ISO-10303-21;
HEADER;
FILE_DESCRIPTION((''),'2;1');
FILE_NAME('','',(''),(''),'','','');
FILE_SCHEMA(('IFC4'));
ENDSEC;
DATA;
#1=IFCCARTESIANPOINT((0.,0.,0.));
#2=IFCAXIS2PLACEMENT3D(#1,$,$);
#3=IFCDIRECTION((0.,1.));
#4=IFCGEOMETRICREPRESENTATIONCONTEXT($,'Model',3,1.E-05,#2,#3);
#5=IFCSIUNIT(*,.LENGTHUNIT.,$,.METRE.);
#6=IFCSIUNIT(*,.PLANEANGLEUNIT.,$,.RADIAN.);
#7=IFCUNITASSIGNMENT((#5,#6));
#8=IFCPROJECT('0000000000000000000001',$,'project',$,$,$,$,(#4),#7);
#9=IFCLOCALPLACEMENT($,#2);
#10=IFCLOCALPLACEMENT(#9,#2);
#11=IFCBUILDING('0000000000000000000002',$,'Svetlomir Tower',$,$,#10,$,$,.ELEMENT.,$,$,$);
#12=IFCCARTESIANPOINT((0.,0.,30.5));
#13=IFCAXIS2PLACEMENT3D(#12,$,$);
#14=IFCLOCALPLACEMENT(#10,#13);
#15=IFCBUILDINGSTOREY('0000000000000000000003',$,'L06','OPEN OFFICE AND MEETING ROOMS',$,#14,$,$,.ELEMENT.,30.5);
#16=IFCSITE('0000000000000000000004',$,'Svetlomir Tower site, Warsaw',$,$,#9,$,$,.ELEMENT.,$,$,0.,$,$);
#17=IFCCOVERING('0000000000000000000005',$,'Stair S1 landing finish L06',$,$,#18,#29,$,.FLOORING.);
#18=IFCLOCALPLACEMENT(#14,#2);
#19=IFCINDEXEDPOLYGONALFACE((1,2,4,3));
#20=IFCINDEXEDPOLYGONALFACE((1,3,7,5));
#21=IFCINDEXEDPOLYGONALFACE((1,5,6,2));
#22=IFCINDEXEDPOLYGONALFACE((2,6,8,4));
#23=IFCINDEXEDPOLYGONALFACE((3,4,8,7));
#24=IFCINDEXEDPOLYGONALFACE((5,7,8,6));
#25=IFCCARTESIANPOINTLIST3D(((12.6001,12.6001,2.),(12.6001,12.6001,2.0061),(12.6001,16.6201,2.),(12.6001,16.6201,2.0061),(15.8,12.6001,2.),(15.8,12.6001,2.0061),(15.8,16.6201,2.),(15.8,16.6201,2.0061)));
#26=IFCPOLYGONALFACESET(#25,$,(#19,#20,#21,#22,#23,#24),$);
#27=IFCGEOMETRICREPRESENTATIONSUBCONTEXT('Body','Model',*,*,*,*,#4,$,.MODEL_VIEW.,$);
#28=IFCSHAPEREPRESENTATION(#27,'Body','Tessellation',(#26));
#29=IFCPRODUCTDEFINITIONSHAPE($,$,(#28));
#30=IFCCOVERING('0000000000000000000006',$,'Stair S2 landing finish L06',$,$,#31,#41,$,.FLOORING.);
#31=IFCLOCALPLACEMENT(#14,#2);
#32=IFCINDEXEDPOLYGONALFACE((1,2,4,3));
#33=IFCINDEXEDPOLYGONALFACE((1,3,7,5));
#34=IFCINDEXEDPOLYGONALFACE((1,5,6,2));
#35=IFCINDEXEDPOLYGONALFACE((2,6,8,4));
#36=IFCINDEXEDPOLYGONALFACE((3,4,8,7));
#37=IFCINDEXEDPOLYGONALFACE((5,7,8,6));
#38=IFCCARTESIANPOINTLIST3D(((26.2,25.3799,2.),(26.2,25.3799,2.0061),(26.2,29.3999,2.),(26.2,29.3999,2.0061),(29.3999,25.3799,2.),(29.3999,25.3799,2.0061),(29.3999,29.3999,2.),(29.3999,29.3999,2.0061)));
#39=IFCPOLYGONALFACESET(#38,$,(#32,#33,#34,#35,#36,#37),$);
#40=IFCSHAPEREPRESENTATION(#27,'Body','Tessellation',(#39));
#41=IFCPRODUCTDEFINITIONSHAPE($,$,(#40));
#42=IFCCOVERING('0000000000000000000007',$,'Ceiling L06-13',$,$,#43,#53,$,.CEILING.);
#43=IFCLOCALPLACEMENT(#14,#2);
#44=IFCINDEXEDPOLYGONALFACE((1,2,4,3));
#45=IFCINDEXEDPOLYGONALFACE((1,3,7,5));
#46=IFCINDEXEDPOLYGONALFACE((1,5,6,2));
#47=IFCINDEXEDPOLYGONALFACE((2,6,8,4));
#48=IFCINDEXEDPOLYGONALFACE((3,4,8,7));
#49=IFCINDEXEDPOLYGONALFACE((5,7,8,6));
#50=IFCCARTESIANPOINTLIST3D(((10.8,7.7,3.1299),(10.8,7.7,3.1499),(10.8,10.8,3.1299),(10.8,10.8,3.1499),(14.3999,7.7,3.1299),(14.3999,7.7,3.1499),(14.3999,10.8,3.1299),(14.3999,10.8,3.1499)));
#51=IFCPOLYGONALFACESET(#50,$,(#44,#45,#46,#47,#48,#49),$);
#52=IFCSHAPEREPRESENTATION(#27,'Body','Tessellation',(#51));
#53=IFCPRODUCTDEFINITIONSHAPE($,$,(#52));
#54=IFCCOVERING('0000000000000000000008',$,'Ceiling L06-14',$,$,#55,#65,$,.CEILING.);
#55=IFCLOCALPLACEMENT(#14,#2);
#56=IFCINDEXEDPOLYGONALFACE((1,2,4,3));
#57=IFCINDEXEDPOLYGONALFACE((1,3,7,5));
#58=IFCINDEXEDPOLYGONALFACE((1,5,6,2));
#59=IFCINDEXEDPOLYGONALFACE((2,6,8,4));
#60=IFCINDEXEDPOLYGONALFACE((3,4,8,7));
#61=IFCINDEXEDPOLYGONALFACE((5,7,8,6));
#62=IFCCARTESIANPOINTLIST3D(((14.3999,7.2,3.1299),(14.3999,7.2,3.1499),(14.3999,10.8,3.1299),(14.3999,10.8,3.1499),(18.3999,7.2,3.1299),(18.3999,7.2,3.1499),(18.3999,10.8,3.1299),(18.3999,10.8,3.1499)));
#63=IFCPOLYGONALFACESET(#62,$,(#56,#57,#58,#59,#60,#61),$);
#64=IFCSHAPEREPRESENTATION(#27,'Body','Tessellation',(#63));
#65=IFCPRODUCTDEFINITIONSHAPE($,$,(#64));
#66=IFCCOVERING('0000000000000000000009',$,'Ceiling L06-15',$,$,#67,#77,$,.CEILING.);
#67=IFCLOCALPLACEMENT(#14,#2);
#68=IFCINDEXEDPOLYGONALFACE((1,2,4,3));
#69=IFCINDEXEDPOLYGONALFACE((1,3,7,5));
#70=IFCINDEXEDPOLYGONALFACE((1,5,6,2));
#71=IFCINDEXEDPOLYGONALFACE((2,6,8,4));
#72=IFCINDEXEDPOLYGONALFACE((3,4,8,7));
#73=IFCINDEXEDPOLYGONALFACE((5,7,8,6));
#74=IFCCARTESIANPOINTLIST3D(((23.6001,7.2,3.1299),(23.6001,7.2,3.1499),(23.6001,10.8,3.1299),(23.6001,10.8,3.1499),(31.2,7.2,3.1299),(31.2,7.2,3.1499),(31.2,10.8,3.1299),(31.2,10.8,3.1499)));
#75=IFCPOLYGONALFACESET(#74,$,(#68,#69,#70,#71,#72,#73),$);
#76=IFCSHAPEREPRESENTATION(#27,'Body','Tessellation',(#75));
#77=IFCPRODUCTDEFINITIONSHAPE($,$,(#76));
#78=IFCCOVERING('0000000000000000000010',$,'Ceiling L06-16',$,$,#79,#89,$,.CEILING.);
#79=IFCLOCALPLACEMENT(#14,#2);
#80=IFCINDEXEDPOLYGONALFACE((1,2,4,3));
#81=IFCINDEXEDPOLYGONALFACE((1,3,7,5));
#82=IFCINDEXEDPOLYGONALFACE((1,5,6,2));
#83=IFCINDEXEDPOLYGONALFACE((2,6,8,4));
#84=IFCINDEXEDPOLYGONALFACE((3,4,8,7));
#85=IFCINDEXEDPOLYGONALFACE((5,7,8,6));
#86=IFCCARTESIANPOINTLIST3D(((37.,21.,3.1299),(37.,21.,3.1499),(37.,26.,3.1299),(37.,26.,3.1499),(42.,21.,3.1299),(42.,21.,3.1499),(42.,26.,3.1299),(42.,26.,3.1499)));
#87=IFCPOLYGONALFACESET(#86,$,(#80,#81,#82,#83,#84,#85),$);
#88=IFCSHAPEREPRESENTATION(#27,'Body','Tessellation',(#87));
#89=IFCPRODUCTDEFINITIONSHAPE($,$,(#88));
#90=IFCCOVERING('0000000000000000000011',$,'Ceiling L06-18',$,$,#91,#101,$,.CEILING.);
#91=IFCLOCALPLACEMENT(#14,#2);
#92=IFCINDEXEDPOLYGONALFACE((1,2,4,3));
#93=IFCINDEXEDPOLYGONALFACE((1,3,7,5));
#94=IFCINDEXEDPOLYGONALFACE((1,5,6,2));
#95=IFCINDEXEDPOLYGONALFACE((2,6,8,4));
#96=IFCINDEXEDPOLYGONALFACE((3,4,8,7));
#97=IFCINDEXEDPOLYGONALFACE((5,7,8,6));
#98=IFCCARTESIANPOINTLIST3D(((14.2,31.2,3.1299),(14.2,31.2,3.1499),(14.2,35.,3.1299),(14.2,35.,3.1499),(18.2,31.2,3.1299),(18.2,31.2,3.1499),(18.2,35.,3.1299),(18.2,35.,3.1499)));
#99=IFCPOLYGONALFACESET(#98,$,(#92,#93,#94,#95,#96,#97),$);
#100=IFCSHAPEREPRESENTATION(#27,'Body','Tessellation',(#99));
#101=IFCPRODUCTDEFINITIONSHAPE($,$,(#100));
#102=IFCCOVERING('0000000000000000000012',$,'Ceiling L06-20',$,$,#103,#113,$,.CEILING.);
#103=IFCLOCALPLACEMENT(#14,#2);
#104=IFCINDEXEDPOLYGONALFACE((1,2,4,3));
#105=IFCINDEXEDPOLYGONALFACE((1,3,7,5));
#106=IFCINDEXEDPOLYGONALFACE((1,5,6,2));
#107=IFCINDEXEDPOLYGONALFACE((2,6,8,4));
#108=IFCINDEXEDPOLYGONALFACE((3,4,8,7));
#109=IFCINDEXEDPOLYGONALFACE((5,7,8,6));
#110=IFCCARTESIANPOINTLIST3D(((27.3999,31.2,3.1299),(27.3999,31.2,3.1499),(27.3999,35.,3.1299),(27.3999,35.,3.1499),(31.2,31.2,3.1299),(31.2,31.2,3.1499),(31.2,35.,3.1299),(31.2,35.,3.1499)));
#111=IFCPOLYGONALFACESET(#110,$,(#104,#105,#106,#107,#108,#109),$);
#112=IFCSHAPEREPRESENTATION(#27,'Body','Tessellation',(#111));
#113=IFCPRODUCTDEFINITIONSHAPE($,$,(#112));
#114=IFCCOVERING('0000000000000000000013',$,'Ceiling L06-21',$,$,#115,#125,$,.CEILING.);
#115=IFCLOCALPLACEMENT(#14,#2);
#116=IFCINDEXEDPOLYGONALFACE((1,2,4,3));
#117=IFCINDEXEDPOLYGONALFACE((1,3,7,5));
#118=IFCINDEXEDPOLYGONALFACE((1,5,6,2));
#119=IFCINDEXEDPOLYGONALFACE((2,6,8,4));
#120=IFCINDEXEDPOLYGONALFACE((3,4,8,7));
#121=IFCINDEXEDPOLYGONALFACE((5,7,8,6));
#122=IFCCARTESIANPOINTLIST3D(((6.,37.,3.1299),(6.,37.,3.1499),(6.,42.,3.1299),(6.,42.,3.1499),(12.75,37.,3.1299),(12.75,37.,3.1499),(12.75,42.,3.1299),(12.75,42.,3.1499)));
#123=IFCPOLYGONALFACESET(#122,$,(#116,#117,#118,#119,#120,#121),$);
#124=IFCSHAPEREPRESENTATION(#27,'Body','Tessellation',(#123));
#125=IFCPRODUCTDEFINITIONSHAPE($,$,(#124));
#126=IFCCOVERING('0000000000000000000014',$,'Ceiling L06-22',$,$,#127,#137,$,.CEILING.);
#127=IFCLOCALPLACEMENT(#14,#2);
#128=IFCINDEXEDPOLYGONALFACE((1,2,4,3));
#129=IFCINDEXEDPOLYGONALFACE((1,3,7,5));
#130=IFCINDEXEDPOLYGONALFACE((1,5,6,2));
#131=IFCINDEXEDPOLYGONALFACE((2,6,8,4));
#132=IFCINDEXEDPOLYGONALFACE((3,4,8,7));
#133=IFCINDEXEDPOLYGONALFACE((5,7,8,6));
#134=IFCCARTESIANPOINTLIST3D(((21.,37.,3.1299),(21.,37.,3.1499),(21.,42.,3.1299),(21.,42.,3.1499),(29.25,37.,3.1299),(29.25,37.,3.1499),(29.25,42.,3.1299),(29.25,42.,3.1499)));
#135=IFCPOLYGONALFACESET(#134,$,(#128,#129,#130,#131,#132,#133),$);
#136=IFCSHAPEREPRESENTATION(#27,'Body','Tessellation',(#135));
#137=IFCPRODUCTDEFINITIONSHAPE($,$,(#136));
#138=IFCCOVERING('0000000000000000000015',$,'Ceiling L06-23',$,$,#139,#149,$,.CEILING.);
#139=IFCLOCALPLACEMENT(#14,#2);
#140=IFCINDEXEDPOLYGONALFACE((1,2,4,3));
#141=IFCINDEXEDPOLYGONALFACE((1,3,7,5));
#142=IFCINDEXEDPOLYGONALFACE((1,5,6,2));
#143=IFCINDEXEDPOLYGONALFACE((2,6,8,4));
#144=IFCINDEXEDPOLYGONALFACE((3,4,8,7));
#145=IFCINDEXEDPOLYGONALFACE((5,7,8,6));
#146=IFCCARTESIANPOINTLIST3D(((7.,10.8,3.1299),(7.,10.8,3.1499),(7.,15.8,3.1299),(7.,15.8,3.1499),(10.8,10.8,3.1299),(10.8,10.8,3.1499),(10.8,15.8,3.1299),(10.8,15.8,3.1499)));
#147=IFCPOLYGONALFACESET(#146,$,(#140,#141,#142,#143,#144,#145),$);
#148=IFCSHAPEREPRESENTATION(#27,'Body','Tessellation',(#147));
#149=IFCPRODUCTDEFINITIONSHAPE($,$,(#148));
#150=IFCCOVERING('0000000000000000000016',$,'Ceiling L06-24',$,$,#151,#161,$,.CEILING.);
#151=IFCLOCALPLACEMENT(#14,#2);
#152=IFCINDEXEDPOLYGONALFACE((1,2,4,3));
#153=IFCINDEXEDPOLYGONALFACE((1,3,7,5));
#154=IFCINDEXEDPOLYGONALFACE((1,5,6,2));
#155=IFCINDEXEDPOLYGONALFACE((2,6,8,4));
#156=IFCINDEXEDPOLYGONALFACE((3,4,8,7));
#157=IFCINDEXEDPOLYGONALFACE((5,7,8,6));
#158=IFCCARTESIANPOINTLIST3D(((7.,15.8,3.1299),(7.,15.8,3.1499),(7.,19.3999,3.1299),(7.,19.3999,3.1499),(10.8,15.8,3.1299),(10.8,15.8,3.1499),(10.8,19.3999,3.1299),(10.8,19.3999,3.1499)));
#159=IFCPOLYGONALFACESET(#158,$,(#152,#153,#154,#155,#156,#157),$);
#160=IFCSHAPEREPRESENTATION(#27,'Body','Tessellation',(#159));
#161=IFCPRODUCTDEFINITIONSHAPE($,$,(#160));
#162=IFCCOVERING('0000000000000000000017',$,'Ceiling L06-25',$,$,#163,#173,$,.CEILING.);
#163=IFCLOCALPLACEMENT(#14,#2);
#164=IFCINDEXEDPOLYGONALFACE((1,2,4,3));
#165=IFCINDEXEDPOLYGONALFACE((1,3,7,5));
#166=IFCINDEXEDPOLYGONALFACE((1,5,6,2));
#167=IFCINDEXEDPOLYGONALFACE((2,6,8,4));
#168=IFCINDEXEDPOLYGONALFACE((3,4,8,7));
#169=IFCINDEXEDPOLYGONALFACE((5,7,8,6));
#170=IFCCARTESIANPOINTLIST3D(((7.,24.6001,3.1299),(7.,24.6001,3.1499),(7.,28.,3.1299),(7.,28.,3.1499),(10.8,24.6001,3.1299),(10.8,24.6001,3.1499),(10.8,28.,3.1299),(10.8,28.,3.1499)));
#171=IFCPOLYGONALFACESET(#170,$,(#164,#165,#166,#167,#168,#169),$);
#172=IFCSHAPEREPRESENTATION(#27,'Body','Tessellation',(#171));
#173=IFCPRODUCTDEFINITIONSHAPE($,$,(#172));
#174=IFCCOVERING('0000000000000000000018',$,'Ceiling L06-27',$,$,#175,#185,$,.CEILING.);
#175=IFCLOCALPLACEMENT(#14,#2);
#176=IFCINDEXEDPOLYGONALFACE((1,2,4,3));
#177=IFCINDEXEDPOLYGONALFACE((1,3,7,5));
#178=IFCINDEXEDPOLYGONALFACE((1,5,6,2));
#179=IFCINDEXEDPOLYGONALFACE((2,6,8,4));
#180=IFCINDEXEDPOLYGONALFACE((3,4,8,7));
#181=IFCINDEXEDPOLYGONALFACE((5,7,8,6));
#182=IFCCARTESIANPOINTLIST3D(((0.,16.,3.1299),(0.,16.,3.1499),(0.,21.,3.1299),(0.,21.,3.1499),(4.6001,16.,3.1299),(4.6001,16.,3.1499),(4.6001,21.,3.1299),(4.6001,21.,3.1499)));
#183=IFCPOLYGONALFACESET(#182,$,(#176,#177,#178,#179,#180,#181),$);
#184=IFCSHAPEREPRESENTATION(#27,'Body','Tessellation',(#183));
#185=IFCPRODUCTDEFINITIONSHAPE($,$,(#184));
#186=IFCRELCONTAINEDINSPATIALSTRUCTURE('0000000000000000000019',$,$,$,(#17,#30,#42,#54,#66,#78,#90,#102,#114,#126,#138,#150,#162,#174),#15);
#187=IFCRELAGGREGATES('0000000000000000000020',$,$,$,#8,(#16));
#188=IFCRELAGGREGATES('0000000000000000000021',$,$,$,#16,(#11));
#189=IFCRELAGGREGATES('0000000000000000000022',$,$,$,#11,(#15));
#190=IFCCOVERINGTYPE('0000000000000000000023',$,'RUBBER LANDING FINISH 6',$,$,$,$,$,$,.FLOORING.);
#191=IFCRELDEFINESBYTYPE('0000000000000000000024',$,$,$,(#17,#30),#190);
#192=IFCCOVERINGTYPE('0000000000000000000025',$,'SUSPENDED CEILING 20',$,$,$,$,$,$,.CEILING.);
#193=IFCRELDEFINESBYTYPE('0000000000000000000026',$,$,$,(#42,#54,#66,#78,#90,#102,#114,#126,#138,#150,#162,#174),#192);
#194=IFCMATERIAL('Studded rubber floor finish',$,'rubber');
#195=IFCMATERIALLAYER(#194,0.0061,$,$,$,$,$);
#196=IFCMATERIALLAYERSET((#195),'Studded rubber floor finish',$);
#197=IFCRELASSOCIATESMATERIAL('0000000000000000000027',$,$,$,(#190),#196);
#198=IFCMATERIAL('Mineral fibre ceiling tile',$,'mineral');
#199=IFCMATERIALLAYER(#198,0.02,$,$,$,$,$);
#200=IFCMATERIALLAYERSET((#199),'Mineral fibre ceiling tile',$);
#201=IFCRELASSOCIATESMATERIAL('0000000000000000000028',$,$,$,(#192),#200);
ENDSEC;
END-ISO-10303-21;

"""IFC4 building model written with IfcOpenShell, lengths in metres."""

from ifc_helpers import new_model, si_unit, direction, frame, origin, place, context, subcontext, project, spatial, polyline, outline, extrude, material, layer, layer_set, type_object, element, save


model = new_model("IFC4")

# Units and contexts
model_context = context("Model", 3, precision=1e-05, world=origin(), true_north=direction((0.0, 1.0)))
body_context = subcontext(model_context, "Body", "Model", "MODEL_VIEW")
ifc_project = project(units=[si_unit("LENGTHUNIT", "METRE"), si_unit("PLANEANGLEUNIT", "RADIAN")], contexts=[model_context])

# Site, building, storey
site_placement = place(None, origin())
site = spatial("IfcSite", under=ifc_project, at=site_placement, Name="Svetlomir Tower site, Warsaw", CompositionType="ELEMENT", RefElevation=0.0)
building_placement = place(site_placement, origin())
building = spatial("IfcBuilding", under=site, at=building_placement, Name="Svetlomir Tower", CompositionType="ELEMENT")
storey_placement = place(building_placement, frame((0.0, 0.0, 30.5)))
storey = spatial("IfcBuildingStorey", under=building, at=storey_placement, Name="L06", Description="OPEN OFFICE AND MEETING ROOMS", CompositionType="ELEMENT", Elevation=30.5)

# Coverings
ifc_material_1 = material(Name="Studded rubber floor finish", Category="rubber")
ifc_layer_1 = layer(ifc_material_1, 0.0061)
ifc_layer_set_1 = layer_set([ifc_layer_1], Name="Studded rubber floor finish")
covering_type_1 = type_object("IfcCoveringType", Name="RUBBER LANDING FINISH 6", PredefinedType="FLOORING", material=ifc_layer_set_1)
covering_1_placement = place(storey_placement, frame((0.0, 0.0, 2.0)))
element("IfcCovering", 1, at=covering_1_placement, inside=storey, type_object=covering_type_1, Name="Stair S1 landing finish L06", PredefinedType="FLOORING", context=body_context, shape_type="SweptSolid", body=[
    extrude(outline(polyline([(12.6001, 12.6001), (15.8, 12.6001), (15.8, 16.6201), (12.6001, 16.6201), (12.6001, 12.6001)])), origin(), (0.0, 0.0, 1.0), 0.0061),
])
covering_2_placement = place(storey_placement, frame((0.0, 0.0, 2.0)))
element("IfcCovering", 2, at=covering_2_placement, inside=storey, type_object=covering_type_1, Name="Stair S2 landing finish L06", PredefinedType="FLOORING", context=body_context, shape_type="SweptSolid", body=[
    extrude(outline(polyline([(26.2, 25.3799), (29.3999, 25.3799), (29.3999, 29.3999), (26.2, 29.3999), (26.2, 25.3799)])), origin(), (0.0, 0.0, 1.0), 0.0061),
])
ifc_material_2 = material(Name="Mineral fibre ceiling tile", Category="mineral")
ifc_layer_2 = layer(ifc_material_2, 0.02)
ifc_layer_set_2 = layer_set([ifc_layer_2], Name="Mineral fibre ceiling tile")
covering_type_2 = type_object("IfcCoveringType", Name="SUSPENDED CEILING 20", PredefinedType="CEILING", material=ifc_layer_set_2)
covering_3_placement = place(storey_placement, frame((0.0, 0.0, 3.1299)))
element("IfcCovering", 3, at=covering_3_placement, inside=storey, type_object=covering_type_2, Name="Ceiling L06-13", PredefinedType="CEILING", context=body_context, shape_type="SweptSolid", body=[
    extrude(outline(polyline([(10.8, 7.7), (14.3999, 7.7), (14.3999, 10.8), (10.8, 10.8), (10.8, 7.7)])), origin(), (0.0, 0.0, 1.0), 0.02),
])
covering_4_placement = place(storey_placement, frame((0.0, 0.0, 3.1299)))
element("IfcCovering", 4, at=covering_4_placement, inside=storey, type_object=covering_type_2, Name="Ceiling L06-14", PredefinedType="CEILING", context=body_context, shape_type="SweptSolid", body=[
    extrude(outline(polyline([(14.3999, 7.2), (18.3999, 7.2), (18.3999, 10.8), (14.3999, 10.8), (14.3999, 7.2)])), origin(), (0.0, 0.0, 1.0), 0.02),
])
covering_5_placement = place(storey_placement, frame((0.0, 0.0, 3.1299)))
element("IfcCovering", 5, at=covering_5_placement, inside=storey, type_object=covering_type_2, Name="Ceiling L06-15", PredefinedType="CEILING", context=body_context, shape_type="SweptSolid", body=[
    extrude(outline(polyline([(23.6001, 7.2), (31.2, 7.2), (31.2, 10.8), (23.6001, 10.8), (23.6001, 7.2)])), origin(), (0.0, 0.0, 1.0), 0.02),
])
covering_6_placement = place(storey_placement, frame((0.0, 0.0, 3.1299)))
element("IfcCovering", 6, at=covering_6_placement, inside=storey, type_object=covering_type_2, Name="Ceiling L06-16", PredefinedType="CEILING", context=body_context, shape_type="SweptSolid", body=[
    extrude(outline(polyline([(37.0, 21.0), (42.0, 21.0), (42.0, 26.0), (37.0, 26.0), (37.0, 21.0)])), origin(), (0.0, 0.0, 1.0), 0.02),
])
covering_7_placement = place(storey_placement, frame((0.0, 0.0, 3.1299)))
element("IfcCovering", 7, at=covering_7_placement, inside=storey, type_object=covering_type_2, Name="Ceiling L06-18", PredefinedType="CEILING", context=body_context, shape_type="SweptSolid", body=[
    extrude(outline(polyline([(14.2, 31.2), (18.2, 31.2), (18.2, 35.0), (14.2, 35.0), (14.2, 31.2)])), origin(), (0.0, 0.0, 1.0), 0.02),
])
covering_8_placement = place(storey_placement, frame((0.0, 0.0, 3.1299)))
element("IfcCovering", 8, at=covering_8_placement, inside=storey, type_object=covering_type_2, Name="Ceiling L06-20", PredefinedType="CEILING", context=body_context, shape_type="SweptSolid", body=[
    extrude(outline(polyline([(27.3999, 31.2), (31.2, 31.2), (31.2, 35.0), (27.3999, 35.0), (27.3999, 31.2)])), origin(), (0.0, 0.0, 1.0), 0.02),
])
covering_9_placement = place(storey_placement, frame((0.0, 0.0, 3.1299)))
element("IfcCovering", 9, at=covering_9_placement, inside=storey, type_object=covering_type_2, Name="Ceiling L06-21", PredefinedType="CEILING", context=body_context, shape_type="SweptSolid", body=[
    extrude(outline(polyline([(6.0, 37.0), (12.75, 37.0), (12.75, 42.0), (6.0, 42.0), (6.0, 37.0)])), origin(), (0.0, 0.0, 1.0), 0.02),
])
covering_10_placement = place(storey_placement, frame((0.0, 0.0, 3.1299)))
element("IfcCovering", 10, at=covering_10_placement, inside=storey, type_object=covering_type_2, Name="Ceiling L06-22", PredefinedType="CEILING", context=body_context, shape_type="SweptSolid", body=[
    extrude(outline(polyline([(21.0, 37.0), (29.25, 37.0), (29.25, 42.0), (21.0, 42.0), (21.0, 37.0)])), origin(), (0.0, 0.0, 1.0), 0.02),
])
covering_11_placement = place(storey_placement, frame((0.0, 0.0, 3.1299)))
element("IfcCovering", 11, at=covering_11_placement, inside=storey, type_object=covering_type_2, Name="Ceiling L06-23", PredefinedType="CEILING", context=body_context, shape_type="SweptSolid", body=[
    extrude(outline(polyline([(7.0, 10.8), (10.8, 10.8), (10.8, 15.8), (7.0, 15.8), (7.0, 10.8)])), origin(), (0.0, 0.0, 1.0), 0.02),
])
covering_12_placement = place(storey_placement, frame((0.0, 0.0, 3.1299)))
element("IfcCovering", 12, at=covering_12_placement, inside=storey, type_object=covering_type_2, Name="Ceiling L06-24", PredefinedType="CEILING", context=body_context, shape_type="SweptSolid", body=[
    extrude(outline(polyline([(7.0, 15.8), (10.8, 15.8), (10.8, 19.3999), (7.0, 19.3999), (7.0, 15.8)])), origin(), (0.0, 0.0, 1.0), 0.02),
])
covering_13_placement = place(storey_placement, frame((0.0, 0.0, 3.1299)))
element("IfcCovering", 13, at=covering_13_placement, inside=storey, type_object=covering_type_2, Name="Ceiling L06-25", PredefinedType="CEILING", context=body_context, shape_type="SweptSolid", body=[
    extrude(outline(polyline([(7.0, 24.6001), (10.8, 24.6001), (10.8, 28.0), (7.0, 28.0), (7.0, 24.6001)])), origin(), (0.0, 0.0, 1.0), 0.02),
])
covering_14_placement = place(storey_placement, frame((0.0, 0.0, 3.1299)))
element("IfcCovering", 14, at=covering_14_placement, inside=storey, type_object=covering_type_2, Name="Ceiling L06-27", PredefinedType="CEILING", context=body_context, shape_type="SweptSolid", body=[
    extrude(outline(polyline([(0.0, 16.0), (4.6001, 16.0), (4.6001, 21.0), (0.0, 21.0), (0.0, 16.0)])), origin(), (0.0, 0.0, 1.0), 0.02),
])

save(model, "model.ifc")
